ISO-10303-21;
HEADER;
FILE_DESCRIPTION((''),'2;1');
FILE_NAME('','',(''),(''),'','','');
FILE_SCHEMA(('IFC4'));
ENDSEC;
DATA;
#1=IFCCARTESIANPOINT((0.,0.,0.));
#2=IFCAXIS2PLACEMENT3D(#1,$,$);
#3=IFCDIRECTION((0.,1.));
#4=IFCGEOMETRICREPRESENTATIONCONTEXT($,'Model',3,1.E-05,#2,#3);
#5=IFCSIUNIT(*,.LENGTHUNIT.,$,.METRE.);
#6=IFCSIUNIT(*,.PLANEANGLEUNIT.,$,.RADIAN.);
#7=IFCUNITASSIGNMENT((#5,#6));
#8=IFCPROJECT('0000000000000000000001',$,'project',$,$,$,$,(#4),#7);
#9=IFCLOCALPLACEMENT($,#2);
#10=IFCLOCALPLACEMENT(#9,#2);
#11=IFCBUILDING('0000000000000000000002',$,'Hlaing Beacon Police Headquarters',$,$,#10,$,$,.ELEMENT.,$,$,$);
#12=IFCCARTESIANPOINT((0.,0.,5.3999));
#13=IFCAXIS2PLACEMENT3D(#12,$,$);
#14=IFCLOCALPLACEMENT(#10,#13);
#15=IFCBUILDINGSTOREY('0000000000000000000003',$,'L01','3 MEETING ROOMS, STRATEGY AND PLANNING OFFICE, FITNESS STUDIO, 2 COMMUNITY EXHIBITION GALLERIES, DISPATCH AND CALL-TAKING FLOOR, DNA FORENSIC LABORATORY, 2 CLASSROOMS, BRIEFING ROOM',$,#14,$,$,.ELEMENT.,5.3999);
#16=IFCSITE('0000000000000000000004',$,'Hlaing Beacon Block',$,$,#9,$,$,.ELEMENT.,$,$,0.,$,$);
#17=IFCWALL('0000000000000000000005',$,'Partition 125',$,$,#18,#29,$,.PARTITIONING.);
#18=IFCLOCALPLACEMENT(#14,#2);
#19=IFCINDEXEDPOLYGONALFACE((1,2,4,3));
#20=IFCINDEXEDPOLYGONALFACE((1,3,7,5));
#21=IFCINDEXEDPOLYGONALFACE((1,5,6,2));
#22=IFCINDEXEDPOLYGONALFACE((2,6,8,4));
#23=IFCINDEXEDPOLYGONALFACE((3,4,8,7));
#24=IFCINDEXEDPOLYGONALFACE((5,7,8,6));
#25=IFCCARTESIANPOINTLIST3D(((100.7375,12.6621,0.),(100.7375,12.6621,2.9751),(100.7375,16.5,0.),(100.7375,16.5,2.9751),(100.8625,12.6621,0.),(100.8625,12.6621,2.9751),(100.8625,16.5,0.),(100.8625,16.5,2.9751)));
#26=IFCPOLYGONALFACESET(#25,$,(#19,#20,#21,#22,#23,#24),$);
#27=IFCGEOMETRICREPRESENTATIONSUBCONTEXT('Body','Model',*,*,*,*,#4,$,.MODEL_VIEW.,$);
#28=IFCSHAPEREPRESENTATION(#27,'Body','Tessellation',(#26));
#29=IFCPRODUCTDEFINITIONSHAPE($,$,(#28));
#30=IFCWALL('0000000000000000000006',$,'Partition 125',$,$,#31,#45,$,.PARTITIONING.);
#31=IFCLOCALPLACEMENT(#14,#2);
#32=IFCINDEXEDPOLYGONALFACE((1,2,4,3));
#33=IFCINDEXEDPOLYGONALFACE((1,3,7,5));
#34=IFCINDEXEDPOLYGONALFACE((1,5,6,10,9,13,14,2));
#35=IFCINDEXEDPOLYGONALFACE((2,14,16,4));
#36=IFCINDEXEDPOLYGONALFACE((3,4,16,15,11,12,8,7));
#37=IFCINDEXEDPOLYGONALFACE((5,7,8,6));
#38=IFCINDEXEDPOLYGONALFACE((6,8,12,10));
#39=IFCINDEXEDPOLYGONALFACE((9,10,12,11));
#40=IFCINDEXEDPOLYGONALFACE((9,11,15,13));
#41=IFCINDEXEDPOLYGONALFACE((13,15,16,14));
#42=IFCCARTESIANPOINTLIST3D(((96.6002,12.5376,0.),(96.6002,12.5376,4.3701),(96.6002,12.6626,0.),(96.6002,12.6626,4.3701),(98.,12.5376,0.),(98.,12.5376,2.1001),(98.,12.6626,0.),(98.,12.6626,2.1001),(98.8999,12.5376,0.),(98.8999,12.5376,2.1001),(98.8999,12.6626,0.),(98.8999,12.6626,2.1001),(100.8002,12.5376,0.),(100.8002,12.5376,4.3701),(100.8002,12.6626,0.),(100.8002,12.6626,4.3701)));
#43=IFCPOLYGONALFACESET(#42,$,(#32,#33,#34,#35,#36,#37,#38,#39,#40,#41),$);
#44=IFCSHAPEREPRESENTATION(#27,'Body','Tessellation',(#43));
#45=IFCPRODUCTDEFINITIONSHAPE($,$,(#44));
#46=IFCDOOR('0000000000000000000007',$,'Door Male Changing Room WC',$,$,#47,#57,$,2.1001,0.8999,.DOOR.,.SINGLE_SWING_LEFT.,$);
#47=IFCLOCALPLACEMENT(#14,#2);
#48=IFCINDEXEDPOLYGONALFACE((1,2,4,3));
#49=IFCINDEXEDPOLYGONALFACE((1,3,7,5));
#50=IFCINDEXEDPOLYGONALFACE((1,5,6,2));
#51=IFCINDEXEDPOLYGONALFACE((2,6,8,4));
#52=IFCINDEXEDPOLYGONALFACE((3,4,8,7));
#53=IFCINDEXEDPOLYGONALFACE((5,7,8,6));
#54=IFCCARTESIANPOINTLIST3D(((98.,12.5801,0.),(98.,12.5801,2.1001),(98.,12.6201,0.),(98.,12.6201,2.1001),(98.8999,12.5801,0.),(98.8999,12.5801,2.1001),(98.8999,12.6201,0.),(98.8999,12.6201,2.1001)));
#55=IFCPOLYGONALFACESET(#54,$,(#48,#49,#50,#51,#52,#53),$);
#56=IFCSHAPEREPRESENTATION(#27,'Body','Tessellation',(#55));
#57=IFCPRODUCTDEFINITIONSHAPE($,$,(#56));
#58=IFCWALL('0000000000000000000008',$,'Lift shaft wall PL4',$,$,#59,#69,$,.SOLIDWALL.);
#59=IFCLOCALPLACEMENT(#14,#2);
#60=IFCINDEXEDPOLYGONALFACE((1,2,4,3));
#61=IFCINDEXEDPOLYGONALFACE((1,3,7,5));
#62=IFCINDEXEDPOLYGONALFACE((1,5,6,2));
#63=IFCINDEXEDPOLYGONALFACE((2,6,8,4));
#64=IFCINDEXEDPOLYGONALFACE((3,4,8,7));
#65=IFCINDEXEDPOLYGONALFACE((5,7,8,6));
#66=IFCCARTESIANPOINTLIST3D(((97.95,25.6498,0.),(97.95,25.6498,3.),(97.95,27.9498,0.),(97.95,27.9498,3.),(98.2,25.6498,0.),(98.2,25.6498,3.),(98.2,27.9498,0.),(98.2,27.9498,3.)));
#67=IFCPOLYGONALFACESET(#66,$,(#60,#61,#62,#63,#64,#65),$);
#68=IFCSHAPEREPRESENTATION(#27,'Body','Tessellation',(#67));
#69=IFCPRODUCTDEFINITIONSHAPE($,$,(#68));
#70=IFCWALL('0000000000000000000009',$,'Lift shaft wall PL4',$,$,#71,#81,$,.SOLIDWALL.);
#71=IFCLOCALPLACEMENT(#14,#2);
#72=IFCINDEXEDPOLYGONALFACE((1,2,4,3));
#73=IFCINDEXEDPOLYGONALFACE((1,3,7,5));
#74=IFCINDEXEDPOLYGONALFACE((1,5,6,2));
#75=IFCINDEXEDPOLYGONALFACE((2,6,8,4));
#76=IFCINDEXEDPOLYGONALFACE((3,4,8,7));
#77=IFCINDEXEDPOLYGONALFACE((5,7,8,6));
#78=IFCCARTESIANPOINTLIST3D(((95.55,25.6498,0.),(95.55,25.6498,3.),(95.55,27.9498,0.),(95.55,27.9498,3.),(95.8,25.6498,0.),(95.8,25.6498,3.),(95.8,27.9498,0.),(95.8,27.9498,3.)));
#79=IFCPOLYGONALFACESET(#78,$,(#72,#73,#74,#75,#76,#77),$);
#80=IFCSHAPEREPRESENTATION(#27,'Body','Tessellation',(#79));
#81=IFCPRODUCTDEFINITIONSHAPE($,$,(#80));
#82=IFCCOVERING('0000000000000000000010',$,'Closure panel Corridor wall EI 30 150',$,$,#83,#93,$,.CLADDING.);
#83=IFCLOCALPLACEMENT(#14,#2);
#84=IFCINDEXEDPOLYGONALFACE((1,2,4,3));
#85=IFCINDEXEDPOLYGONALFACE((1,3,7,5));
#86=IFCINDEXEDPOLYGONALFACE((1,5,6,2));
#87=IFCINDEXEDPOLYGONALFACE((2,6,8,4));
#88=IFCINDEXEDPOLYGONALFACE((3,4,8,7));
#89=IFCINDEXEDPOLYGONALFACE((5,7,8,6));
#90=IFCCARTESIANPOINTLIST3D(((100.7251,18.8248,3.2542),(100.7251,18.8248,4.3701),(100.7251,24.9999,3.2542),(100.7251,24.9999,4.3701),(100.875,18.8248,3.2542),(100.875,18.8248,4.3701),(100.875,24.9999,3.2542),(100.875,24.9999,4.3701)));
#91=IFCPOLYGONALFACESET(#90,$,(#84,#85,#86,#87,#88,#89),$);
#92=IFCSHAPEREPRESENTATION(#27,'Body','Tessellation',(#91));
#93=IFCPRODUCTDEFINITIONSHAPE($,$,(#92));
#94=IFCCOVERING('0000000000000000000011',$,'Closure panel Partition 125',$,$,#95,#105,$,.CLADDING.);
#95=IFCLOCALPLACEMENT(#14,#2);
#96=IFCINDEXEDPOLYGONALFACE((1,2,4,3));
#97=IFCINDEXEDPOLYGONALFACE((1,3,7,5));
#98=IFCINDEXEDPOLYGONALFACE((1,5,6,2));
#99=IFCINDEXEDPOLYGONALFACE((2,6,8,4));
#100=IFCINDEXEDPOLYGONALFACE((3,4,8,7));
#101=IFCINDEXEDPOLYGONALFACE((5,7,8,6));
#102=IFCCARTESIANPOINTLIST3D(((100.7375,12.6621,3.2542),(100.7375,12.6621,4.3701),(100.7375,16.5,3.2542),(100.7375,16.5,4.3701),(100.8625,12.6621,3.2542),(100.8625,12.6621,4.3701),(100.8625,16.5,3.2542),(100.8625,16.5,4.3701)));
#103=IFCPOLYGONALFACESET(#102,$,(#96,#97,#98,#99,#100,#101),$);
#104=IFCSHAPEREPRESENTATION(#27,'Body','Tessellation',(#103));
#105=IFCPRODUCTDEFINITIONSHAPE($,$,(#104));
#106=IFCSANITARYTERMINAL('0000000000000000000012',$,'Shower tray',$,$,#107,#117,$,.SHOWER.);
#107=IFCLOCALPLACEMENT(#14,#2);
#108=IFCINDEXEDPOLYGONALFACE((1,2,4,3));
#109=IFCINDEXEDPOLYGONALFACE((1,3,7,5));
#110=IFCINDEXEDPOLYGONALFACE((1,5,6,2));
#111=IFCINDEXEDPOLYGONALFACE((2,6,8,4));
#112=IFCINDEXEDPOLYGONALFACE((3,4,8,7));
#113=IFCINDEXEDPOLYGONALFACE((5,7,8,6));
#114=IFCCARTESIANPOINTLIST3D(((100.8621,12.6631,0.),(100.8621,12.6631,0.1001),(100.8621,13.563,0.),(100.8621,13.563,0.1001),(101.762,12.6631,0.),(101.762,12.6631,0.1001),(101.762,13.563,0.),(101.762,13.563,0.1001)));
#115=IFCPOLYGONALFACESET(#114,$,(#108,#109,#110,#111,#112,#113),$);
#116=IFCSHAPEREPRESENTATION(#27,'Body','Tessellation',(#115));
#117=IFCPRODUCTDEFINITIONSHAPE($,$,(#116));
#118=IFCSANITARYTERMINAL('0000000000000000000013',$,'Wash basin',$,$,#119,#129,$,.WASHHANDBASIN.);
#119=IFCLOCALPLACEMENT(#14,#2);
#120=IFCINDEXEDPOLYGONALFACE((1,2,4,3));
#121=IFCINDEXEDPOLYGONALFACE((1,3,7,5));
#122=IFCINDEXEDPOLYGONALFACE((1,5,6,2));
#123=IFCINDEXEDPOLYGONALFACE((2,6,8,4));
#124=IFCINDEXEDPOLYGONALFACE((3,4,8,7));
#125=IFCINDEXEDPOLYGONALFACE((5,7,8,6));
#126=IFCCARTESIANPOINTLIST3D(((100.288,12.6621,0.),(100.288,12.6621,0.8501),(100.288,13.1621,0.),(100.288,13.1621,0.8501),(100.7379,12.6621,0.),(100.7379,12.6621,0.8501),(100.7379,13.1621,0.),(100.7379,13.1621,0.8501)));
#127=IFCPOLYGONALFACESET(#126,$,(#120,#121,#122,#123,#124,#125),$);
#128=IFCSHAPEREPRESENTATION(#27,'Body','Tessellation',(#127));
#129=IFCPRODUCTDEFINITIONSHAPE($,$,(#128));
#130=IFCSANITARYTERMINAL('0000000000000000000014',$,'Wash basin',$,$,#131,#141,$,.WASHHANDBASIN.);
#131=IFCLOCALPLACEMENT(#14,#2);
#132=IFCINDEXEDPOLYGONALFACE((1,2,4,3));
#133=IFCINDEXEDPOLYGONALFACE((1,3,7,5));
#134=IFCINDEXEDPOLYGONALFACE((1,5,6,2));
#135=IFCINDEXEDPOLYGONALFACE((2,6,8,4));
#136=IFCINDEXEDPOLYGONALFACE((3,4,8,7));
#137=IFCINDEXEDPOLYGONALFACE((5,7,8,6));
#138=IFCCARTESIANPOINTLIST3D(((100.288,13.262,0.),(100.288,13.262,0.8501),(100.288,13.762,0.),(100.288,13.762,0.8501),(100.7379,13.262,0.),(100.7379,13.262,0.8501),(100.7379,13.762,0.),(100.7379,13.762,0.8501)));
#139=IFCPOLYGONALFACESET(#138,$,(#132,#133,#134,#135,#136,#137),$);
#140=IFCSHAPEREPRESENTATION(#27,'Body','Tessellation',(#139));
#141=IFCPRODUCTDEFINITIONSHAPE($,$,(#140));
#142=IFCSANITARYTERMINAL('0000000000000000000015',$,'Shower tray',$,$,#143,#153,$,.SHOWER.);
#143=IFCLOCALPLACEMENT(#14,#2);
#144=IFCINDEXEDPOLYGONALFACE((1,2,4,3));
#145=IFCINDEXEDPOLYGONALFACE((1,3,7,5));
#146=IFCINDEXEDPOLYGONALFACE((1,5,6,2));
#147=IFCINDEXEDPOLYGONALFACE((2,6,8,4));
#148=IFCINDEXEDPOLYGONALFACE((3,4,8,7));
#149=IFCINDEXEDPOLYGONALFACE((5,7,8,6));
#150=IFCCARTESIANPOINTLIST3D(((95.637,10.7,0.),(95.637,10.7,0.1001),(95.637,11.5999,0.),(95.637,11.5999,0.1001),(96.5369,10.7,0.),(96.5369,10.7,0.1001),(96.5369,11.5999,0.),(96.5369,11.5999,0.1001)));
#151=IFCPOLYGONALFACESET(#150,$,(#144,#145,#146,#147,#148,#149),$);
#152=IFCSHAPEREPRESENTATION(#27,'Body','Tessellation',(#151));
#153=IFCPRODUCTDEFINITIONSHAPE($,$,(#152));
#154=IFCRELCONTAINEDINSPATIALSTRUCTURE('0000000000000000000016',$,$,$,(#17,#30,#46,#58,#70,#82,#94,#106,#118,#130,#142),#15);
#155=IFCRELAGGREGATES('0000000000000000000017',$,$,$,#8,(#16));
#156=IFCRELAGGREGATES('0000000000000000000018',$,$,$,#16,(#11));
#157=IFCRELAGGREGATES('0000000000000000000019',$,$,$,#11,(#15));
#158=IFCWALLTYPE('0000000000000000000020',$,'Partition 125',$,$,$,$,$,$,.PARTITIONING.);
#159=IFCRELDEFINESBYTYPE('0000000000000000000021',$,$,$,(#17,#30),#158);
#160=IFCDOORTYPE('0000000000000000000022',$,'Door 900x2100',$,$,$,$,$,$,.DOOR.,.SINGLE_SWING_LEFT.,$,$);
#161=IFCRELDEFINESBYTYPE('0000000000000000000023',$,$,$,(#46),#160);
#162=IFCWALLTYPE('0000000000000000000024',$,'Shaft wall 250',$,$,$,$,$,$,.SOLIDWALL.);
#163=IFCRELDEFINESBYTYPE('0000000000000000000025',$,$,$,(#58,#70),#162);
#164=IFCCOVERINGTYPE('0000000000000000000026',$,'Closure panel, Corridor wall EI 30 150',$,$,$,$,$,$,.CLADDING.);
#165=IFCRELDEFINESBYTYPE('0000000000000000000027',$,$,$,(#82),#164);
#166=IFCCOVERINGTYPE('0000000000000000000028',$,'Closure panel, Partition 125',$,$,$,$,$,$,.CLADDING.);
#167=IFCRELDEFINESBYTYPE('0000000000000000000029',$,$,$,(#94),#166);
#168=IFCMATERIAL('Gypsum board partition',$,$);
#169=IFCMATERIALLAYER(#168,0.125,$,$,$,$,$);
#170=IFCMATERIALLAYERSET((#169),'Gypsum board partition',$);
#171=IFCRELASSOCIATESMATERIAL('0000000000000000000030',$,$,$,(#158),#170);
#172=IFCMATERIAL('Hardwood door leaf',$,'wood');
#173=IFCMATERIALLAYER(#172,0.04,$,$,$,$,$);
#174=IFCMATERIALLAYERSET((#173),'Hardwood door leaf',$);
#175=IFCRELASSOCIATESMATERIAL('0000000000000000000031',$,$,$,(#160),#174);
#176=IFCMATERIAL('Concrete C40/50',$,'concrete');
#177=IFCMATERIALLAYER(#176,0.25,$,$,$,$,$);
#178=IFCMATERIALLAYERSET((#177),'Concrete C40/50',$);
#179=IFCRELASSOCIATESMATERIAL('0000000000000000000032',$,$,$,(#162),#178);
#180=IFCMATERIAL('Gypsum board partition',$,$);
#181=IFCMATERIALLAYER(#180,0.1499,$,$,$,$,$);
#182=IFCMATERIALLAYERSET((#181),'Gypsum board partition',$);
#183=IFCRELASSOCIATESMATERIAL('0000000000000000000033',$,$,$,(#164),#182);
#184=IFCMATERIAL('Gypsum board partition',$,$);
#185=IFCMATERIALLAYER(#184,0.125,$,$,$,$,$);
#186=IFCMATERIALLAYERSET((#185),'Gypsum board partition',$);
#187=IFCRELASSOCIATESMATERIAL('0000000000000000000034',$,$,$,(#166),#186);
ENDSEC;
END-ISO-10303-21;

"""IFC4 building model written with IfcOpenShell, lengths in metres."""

from ifc_helpers import new_model, si_unit, direction, frame, frame_2d, origin, origin_2d, place, context, subcontext, project, spatial, rectangle, extrude, material, layer, layer_set, type_object, element, fill, save


model = new_model("IFC4")

# Units and contexts
model_context = context("Model", 3, precision=1e-05, world=origin(), true_north=direction((0.0, 1.0)))
body_context = subcontext(model_context, "Body", "Model", "MODEL_VIEW")
ifc_project = project(units=[si_unit("LENGTHUNIT", "METRE"), si_unit("PLANEANGLEUNIT", "RADIAN")], contexts=[model_context])

# Site, building, storey
site_placement = place(None, origin())
site = spatial("IfcSite", under=ifc_project, at=site_placement, Name="Hlaing Beacon Block", CompositionType="ELEMENT", RefElevation=0.0)
building_placement = place(site_placement, origin())
building = spatial("IfcBuilding", under=site, at=building_placement, Name="Hlaing Beacon Police Headquarters", CompositionType="ELEMENT")
storey_placement = place(building_placement, frame((0.0, 0.0, 5.3999)))
storey = spatial("IfcBuildingStorey", under=building, at=storey_placement, Name="L01", Description="3 MEETING ROOMS, STRATEGY AND PLANNING OFFICE, FITNESS STUDIO, 2 COMMUNITY EXHIBITION GALLERIES, DISPATCH AND CALL-TAKING FLOOR, DNA FORENSIC LABORATORY, 2 CLASSROOMS, BRIEFING ROOM", CompositionType="ELEMENT", Elevation=5.3999)

# Shared definitions
ifc_material_1 = material(Name="Gypsum board partition")
ifc_layer_1 = layer(ifc_material_1, 0.125)
ifc_layer_set_1 = layer_set([ifc_layer_1], Name="Gypsum board partition")
wall_type_1 = type_object("IfcWallType", Name="Partition 125", PredefinedType="PARTITIONING", material=ifc_layer_set_1)
ifc_material_2 = material(Name="Hardwood door leaf", Category="wood")
ifc_layer_2 = layer(ifc_material_2, 0.04)
ifc_layer_set_2 = layer_set([ifc_layer_2], Name="Hardwood door leaf")
door_type_1 = type_object("IfcDoorType", Name="Door 900x2100", OperationType="SINGLE_SWING_LEFT", PredefinedType="DOOR", material=ifc_layer_set_2)

# Wall
wall_1_placement = place(storey_placement, frame((100.8, 12.6621, 0.0), z_axis=(0.0, 0.0, 1.0), x_axis=(0.0, 1.0, 0.0)))
element("IfcWall", 1, at=wall_1_placement, inside=storey, type_object=wall_type_1, Name="Partition 125", PredefinedType="PARTITIONING", context=body_context, shape_type="SweptSolid", body=[
    extrude(rectangle(XDim=3.8379, YDim=0.125, at=frame_2d((1.9189, 0.0))), origin(), (0.0, 0.0, 1.0), 2.9751),
])

# Wall, opening, door
wall_2_placement = place(storey_placement, frame((96.6001, 12.6001, 0.0), z_axis=(0.0, 0.0, 1.0), x_axis=(1.0, 0.0, 0.0)))
wall_2 = element("IfcWall", 2, at=wall_2_placement, inside=storey, type_object=wall_type_1, Name="Partition 125", PredefinedType="PARTITIONING", context=body_context, shape_type="SweptSolid", body=[
    extrude(rectangle(XDim=4.2, YDim=0.125, at=frame_2d((2.1001, 0.0))), origin(), (0.0, 0.0, 1.0), 4.3701),
])
opening_1_placement = place(wall_2_placement, frame((1.3999, 0.0, 0.0)))
opening_1 = element("IfcOpeningElement", 3, at=opening_1_placement, cuts=wall_2, PredefinedType="OPENING", context=body_context, shape_type="SweptSolid", body=[
    extrude(rectangle(XDim=0.8999, YDim=2.1001, at=frame_2d((0.45, 1.05))), frame((0.0, 0.0725, 0.0), z_axis=(0.0, -1.0, 0.0), x_axis=(1.0, 0.0, 0.0)), (0.0, 0.0, 1.0), 0.145),
])
door_1_placement = place(opening_1_placement, frame((0.8999, 0.0, 0.0), z_axis=(0.0, 0.0, 1.0), x_axis=(-1.0, 0.0, 0.0)))
door_1 = element("IfcDoor", 4, at=door_1_placement, inside=storey, type_object=door_type_1, Name="Door Male Changing Room WC", OperationType="SINGLE_SWING_LEFT", OverallHeight=2.1001, OverallWidth=0.8999, PredefinedType="DOOR", context=body_context, shape_type="SweptSolid", body=[
    extrude(rectangle(XDim=0.8999, YDim=2.1001, at=frame_2d((0.45, 1.05))), frame((0.0, 0.02, 0.0), z_axis=(0.0, -1.0, 0.0), x_axis=(1.0, 0.0, 0.0)), (0.0, 0.0, 1.0), 0.04),
])
fill(opening_1, door_1)

# Walls
ifc_material_3 = material(Name="Concrete C40/50", Category="concrete")
ifc_layer_3 = layer(ifc_material_3, 0.25)
ifc_layer_set_3 = layer_set([ifc_layer_3], Name="Concrete C40/50")
wall_type_2 = type_object("IfcWallType", Name="Shaft wall 250", PredefinedType="SOLIDWALL", material=ifc_layer_set_3)
for number, where, z_axis, x_axis, name in (
    (5, (98.075, 25.6499, 0.0), (0.0, 0.0, 1.0), (0.0, 1.0, 0.0), "Lift shaft wall PL4"),
    (6, (95.675, 25.6499, 0.0), (0.0, 0.0, 1.0), (0.0, 1.0, 0.0), "Lift shaft wall PL4"),
):
    element("IfcWall", number, at=place(storey_placement, frame(where, z_axis=z_axis, x_axis=x_axis)), inside=storey, type_object=wall_type_2, Name=name, PredefinedType="SOLIDWALL", context=body_context, shape_type="SweptSolid", body=[
        extrude(rectangle(XDim=2.3, YDim=0.25, at=frame_2d((1.1499, 0.0))), origin(), (0.0, 0.0, 1.0), 3.0),
    ])

# Coverings
ifc_material_4 = material(Name="Gypsum board partition")
ifc_layer_4 = layer(ifc_material_4, 0.1499)
ifc_layer_set_4 = layer_set([ifc_layer_4], Name="Gypsum board partition")
covering_type_1 = type_object("IfcCoveringType", Name="Closure panel, Corridor wall EI 30 150", PredefinedType="CLADDING", material=ifc_layer_set_4)
covering_1_placement = place(storey_placement, frame((100.8, 18.825, 3.2542), z_axis=(0.0, 0.0, 1.0), x_axis=(0.0, 1.0, 0.0)))
element("IfcCovering", 7, at=covering_1_placement, inside=storey, type_object=covering_type_1, Name="Closure panel Corridor wall EI 30 150", PredefinedType="CLADDING", context=body_context, shape_type="SweptSolid", body=[
    extrude(rectangle(XDim=6.175, YDim=0.1499, at=frame_2d((3.0874, 0.0))), origin(), (0.0, 0.0, 1.0), 1.116),
])
ifc_material_5 = material(Name="Gypsum board partition")
ifc_layer_5 = layer(ifc_material_5, 0.125)
ifc_layer_set_5 = layer_set([ifc_layer_5], Name="Gypsum board partition")
covering_type_2 = type_object("IfcCoveringType", Name="Closure panel, Partition 125", PredefinedType="CLADDING", material=ifc_layer_set_5)
covering_2_placement = place(storey_placement, frame((100.8, 12.6621, 3.2542), z_axis=(0.0, 0.0, 1.0), x_axis=(0.0, 1.0, 0.0)))
element("IfcCovering", 8, at=covering_2_placement, inside=storey, type_object=covering_type_2, Name="Closure panel Partition 125", PredefinedType="CLADDING", context=body_context, shape_type="SweptSolid", body=[
    extrude(rectangle(XDim=3.8379, YDim=0.125, at=frame_2d((1.9189, 0.0))), origin(), (0.0, 0.0, 1.0), 1.116),
])

# Sanitary terminals
sanitary_terminal_1_placement = place(storey_placement, frame((101.312, 13.113, 0.0), z_axis=(0.0, 0.0, 1.0), x_axis=(1.0, 0.0, 0.0)))
element("IfcSanitaryTerminal", 9, at=sanitary_terminal_1_placement, inside=storey, Name="Shower tray", PredefinedType="SHOWER", context=body_context, shape_type="SweptSolid", body=[
    extrude(rectangle(XDim=0.8999, YDim=0.8999, at=origin_2d()), origin(), (0.0, 0.0, 1.0), 0.1001),
])
for number, where, z_axis, x_axis, name in (
    (10, (100.5129, 12.9121, 0.0), (0.0, 0.0, 1.0), (1.0, 0.0, 0.0), "Wash basin"),
    (11, (100.5129, 13.512, 0.0), (0.0, 0.0, 1.0), (1.0, 0.0, 0.0), "Wash basin"),
):
    element("IfcSanitaryTerminal", number, at=place(storey_placement, frame(where, z_axis=z_axis, x_axis=x_axis)), inside=storey, Name=name, PredefinedType="WASHHANDBASIN", context=body_context, shape_type="SweptSolid", body=[
        extrude(rectangle(XDim=0.45, YDim=0.5, at=origin_2d()), origin(), (0.0, 0.0, 1.0), 0.8501),
    ])
sanitary_terminal_2_placement = place(storey_placement, frame((96.0869, 11.1499, 0.0), z_axis=(0.0, 0.0, 1.0), x_axis=(1.0, 0.0, 0.0)))
element("IfcSanitaryTerminal", 12, at=sanitary_terminal_2_placement, inside=storey, Name="Shower tray", PredefinedType="SHOWER", context=body_context, shape_type="SweptSolid", body=[
    extrude(rectangle(XDim=0.8999, YDim=0.8999, at=origin_2d()), origin(), (0.0, 0.0, 1.0), 0.1001),
])

save(model, "model.ifc")
